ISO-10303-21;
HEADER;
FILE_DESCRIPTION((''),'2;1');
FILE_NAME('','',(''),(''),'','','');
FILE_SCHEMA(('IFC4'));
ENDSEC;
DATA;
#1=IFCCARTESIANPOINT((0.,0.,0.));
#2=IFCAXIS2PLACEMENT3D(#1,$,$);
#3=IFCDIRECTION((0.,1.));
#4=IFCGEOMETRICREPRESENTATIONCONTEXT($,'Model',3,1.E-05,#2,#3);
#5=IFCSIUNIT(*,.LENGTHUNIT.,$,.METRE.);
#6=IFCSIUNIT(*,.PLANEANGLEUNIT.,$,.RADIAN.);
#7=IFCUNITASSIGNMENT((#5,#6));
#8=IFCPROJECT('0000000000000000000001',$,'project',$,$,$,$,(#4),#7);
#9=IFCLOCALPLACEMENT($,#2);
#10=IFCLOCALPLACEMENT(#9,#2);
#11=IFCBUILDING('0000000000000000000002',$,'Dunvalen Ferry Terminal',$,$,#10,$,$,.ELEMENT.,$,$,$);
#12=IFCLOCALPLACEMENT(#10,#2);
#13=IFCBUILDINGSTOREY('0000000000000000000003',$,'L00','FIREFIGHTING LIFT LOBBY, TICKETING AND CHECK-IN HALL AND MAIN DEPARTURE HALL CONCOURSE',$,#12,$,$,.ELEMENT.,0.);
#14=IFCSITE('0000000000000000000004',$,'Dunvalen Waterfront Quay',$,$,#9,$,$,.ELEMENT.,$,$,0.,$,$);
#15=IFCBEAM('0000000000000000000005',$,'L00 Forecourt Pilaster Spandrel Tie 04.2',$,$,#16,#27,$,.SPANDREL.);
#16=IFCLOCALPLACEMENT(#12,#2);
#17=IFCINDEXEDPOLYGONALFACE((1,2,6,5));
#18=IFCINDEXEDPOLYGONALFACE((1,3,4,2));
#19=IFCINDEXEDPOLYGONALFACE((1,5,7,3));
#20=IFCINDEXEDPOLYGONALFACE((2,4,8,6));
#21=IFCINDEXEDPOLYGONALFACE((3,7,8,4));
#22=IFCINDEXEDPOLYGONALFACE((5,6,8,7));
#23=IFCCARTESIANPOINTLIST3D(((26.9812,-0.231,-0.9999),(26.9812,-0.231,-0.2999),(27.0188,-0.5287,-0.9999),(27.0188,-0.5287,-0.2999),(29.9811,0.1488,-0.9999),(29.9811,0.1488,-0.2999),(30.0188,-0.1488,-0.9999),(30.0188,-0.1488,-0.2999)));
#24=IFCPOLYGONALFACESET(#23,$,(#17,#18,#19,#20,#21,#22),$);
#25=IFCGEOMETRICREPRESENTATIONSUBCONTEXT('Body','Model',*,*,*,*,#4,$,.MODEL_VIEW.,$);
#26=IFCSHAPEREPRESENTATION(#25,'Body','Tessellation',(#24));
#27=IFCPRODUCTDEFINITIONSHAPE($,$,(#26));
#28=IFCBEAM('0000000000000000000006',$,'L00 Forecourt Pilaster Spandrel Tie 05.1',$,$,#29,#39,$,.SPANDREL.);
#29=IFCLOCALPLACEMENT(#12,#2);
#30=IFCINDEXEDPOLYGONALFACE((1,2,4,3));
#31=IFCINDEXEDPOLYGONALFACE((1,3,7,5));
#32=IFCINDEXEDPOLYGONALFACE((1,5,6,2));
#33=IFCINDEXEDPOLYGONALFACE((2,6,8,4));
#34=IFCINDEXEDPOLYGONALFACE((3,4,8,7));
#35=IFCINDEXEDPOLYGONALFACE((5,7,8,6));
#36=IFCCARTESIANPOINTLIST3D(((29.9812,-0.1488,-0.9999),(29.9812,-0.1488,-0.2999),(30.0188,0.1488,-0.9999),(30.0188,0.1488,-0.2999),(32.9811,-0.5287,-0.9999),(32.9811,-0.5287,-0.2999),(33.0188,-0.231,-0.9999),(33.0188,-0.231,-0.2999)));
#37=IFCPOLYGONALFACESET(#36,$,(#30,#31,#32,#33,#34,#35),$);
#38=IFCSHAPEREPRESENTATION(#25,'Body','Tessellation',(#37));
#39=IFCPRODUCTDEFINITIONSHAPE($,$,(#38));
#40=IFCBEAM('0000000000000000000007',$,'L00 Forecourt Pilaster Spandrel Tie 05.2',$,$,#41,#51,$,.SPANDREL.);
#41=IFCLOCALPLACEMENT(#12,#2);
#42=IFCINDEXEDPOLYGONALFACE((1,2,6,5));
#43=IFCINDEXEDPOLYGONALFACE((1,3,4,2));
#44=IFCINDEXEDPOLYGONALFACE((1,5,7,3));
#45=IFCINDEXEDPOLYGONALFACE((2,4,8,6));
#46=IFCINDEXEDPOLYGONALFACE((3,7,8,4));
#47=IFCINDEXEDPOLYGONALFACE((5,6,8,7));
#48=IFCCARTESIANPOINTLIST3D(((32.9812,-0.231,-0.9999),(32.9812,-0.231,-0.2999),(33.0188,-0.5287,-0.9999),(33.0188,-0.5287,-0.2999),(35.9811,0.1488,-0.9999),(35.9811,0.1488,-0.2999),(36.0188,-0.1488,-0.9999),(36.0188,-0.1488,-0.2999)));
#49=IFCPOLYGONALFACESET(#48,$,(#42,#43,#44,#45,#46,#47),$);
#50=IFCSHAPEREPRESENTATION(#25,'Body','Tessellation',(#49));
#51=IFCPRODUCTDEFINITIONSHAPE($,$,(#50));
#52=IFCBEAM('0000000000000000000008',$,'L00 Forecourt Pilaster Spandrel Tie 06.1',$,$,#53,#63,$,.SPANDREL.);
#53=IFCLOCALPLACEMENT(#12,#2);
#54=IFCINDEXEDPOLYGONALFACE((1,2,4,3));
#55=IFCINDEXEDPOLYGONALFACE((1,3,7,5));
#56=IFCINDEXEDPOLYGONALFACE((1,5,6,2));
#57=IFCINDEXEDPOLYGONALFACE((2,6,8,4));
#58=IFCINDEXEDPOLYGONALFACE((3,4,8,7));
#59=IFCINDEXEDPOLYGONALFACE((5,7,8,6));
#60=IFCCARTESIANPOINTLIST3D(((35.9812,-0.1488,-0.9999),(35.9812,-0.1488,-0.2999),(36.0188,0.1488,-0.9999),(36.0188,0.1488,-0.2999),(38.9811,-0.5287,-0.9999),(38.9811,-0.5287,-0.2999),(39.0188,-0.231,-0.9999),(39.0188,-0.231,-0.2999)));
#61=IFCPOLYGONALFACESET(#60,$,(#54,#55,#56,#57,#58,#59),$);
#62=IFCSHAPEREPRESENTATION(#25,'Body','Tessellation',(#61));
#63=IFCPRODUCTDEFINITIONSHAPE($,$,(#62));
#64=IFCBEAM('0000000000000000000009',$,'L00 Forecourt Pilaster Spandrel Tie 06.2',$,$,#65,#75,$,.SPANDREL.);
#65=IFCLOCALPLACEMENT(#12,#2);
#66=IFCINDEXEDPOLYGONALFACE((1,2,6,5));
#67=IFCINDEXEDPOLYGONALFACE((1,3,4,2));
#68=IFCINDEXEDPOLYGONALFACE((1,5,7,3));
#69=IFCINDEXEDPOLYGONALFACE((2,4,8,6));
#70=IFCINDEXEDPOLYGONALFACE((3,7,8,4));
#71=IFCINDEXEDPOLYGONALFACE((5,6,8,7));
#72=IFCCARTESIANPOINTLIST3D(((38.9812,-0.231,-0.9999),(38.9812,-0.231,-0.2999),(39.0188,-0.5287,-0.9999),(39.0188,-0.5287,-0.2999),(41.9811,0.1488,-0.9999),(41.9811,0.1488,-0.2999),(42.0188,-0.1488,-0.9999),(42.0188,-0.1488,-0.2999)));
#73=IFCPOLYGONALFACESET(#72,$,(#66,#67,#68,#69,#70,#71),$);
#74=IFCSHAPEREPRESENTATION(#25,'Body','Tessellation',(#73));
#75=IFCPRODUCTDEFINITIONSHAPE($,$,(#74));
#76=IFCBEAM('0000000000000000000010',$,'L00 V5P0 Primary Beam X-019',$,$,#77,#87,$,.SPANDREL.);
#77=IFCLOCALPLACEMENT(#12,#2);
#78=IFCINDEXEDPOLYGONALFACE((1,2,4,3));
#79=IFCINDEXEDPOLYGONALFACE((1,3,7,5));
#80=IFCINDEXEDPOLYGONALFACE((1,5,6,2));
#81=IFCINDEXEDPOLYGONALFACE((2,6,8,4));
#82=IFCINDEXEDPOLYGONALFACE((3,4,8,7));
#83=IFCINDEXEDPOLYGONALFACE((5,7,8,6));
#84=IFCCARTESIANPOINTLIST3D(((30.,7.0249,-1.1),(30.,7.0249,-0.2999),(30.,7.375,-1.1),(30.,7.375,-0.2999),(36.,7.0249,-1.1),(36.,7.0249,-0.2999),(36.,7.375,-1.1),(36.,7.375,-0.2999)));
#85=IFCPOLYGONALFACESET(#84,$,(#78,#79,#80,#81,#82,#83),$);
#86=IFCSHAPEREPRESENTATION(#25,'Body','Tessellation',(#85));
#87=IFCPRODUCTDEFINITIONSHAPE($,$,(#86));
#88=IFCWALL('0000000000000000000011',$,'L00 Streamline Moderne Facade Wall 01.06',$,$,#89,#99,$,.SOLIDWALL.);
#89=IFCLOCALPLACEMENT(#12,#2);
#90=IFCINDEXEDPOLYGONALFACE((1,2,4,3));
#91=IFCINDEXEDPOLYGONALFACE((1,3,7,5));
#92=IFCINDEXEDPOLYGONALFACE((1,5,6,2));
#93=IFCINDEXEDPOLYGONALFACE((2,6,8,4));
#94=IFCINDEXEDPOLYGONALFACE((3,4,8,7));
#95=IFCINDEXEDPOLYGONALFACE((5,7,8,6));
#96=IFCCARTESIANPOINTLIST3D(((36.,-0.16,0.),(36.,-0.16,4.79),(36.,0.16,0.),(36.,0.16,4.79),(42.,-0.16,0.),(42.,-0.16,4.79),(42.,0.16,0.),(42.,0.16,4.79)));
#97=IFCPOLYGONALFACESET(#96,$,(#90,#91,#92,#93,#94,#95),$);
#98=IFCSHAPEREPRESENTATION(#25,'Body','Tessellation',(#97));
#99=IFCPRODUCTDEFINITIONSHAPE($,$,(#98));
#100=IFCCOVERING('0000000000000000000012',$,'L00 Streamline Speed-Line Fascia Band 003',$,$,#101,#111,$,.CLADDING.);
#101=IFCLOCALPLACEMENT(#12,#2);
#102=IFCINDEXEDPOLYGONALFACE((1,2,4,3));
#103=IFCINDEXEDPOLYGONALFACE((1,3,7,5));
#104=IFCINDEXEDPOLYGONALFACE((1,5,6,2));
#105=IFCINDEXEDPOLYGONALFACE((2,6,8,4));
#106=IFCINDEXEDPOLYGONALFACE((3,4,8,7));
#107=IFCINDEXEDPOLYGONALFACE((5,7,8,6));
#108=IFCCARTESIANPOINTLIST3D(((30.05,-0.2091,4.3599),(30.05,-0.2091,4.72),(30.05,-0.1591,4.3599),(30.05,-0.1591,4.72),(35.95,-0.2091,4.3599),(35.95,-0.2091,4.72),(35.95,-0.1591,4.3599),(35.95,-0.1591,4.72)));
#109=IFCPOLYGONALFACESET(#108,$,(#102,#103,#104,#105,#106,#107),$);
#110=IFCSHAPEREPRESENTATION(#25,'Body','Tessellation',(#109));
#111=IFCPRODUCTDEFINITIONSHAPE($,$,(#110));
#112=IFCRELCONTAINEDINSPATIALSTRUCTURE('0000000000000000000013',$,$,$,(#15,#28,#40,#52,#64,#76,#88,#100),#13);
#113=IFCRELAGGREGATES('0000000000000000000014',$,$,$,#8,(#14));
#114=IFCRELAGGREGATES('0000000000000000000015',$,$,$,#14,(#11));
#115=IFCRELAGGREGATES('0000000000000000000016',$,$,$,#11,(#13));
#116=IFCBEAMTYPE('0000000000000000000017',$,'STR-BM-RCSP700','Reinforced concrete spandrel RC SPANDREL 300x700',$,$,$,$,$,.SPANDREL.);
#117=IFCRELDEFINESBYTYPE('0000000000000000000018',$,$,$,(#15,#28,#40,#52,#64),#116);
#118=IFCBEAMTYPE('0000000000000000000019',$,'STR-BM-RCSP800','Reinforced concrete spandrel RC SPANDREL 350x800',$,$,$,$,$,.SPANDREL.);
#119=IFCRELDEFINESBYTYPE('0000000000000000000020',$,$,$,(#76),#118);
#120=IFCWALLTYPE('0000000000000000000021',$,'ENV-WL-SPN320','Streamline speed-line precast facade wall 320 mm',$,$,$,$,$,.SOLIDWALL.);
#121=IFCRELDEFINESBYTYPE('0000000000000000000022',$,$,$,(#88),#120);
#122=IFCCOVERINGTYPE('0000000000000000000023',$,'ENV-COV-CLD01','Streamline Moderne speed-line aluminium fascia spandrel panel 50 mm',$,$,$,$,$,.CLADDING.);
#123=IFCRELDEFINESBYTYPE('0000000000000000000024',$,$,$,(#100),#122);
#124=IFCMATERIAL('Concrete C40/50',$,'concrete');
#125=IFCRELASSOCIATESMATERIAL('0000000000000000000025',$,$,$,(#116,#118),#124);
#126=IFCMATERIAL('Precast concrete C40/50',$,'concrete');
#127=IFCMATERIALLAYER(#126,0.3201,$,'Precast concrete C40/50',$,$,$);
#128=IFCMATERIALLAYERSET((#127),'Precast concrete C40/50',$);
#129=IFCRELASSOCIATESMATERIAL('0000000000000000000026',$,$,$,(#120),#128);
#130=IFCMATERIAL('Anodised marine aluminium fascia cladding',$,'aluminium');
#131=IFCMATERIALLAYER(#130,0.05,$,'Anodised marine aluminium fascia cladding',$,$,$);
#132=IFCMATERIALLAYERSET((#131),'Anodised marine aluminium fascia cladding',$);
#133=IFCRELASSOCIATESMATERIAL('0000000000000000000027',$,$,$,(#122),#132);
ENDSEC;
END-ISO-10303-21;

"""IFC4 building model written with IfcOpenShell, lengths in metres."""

from ifc_helpers import new_model, si_unit, direction, frame, frame_2d, origin, origin_2d, place, context, subcontext, project, spatial, rectangle, extrude, material, layer, layer_set, material_profile, profile_set, type_object, element, save


model = new_model("IFC4")

# Units and contexts
model_context = context("Model", 3, precision=1e-05, world=origin(), true_north=direction((0.0, 1.0)))
body_context = subcontext(model_context, "Body", "Model", "MODEL_VIEW")
ifc_project = project(units=[si_unit("LENGTHUNIT", "METRE"), si_unit("PLANEANGLEUNIT", "RADIAN")], contexts=[model_context])

# Site, building, storey
site_placement = place(None, origin())
site = spatial("IfcSite", under=ifc_project, at=site_placement, Name="Dunvalen Waterfront Quay", CompositionType="ELEMENT", RefElevation=0.0)
building_placement = place(site_placement, origin())
building = spatial("IfcBuilding", under=site, at=building_placement, Name="Dunvalen Ferry Terminal", CompositionType="ELEMENT")
storey_placement = place(building_placement, origin())
storey = spatial("IfcBuildingStorey", under=building, at=storey_placement, Name="L00", Description="FIREFIGHTING LIFT LOBBY, TICKETING AND CHECK-IN HALL AND MAIN DEPARTURE HALL CONCOURSE", CompositionType="ELEMENT", Elevation=0.0)

# Shared definitions
ifc_material_1 = material(Name="Concrete C40/50", Category="concrete")

# Beams
ifc_material_profile_1 = material_profile(ifc_material_1, rectangle(XDim=0.3, YDim=0.7, at=origin_2d()), Name="Concrete C40/50")
ifc_profile_set_1 = profile_set([ifc_material_profile_1], Name="Concrete C40/50")
beam_type_1 = type_object("IfcBeamType", Name="STR-BM-RCSP700", Description="Reinforced concrete spandrel RC SPANDREL 300x700", PredefinedType="SPANDREL", material=ifc_profile_set_1)
for number, where, z_axis, x_axis, name in (
    (1, (27.0, -0.3799, -0.6499), (0.992078, 0.125624, 0.0), (-0.125624, 0.992078, 0.0), "L00 Forecourt Pilaster Spandrel Tie 04.2"),
    (2, (30.0, 0.0, -0.6499), (0.992078, -0.125624, 0.0), (0.125624, 0.992078, 0.0), "L00 Forecourt Pilaster Spandrel Tie 05.1"),
    (3, (33.0, -0.3799, -0.6499), (0.992078, 0.125624, 0.0), (-0.125624, 0.992078, 0.0), "L00 Forecourt Pilaster Spandrel Tie 05.2"),
    (4, (36.0, 0.0, -0.6499), (0.992078, -0.125624, 0.0), (0.125624, 0.992078, 0.0), "L00 Forecourt Pilaster Spandrel Tie 06.1"),
    (5, (39.0, -0.3799, -0.6499), (0.992078, 0.125624, 0.0), (-0.125624, 0.992078, 0.0), "L00 Forecourt Pilaster Spandrel Tie 06.2"),
):
    element("IfcBeam", number, at=place(storey_placement, frame(where, z_axis=z_axis, x_axis=x_axis)), inside=storey, type_object=beam_type_1, Name=name, PredefinedType="SPANDREL", context=body_context, shape_type="SweptSolid", body=[
        extrude(rectangle(XDim=0.3, YDim=0.7, at=origin_2d()), origin(), (0.0, 0.0, 1.0), 3.0239),
    ])
ifc_material_profile_2 = material_profile(ifc_material_1, rectangle(XDim=0.3501, YDim=0.8, at=origin_2d()), Name="Concrete C40/50")
ifc_profile_set_2 = profile_set([ifc_material_profile_2], Name="Concrete C40/50")
beam_type_2 = type_object("IfcBeamType", Name="STR-BM-RCSP800", Description="Reinforced concrete spandrel RC SPANDREL 350x800", PredefinedType="SPANDREL", material=ifc_profile_set_2)
beam_1_placement = place(storey_placement, frame((30.0, 7.2, -0.7), z_axis=(1.0, 0.0, 0.0), x_axis=(0.0, 1.0, 0.0)))
element("IfcBeam", 6, at=beam_1_placement, inside=storey, type_object=beam_type_2, Name="L00 V5P0 Primary Beam X-019", PredefinedType="SPANDREL", context=body_context, shape_type="SweptSolid", body=[
    extrude(rectangle(XDim=0.3501, YDim=0.8, at=origin_2d()), origin(), (0.0, 0.0, 1.0), 6.0),
])

# Shared definitions
ifc_material_2 = material(Name="Precast concrete C40/50", Category="concrete")
ifc_layer_1 = layer(ifc_material_2, 0.3201, Name="Precast concrete C40/50")
ifc_layer_set_1 = layer_set([ifc_layer_1], Name="Precast concrete C40/50")
wall_type = type_object("IfcWallType", Name="ENV-WL-SPN320", Description="Streamline speed-line precast facade wall 320 mm", PredefinedType="SOLIDWALL", material=ifc_layer_set_1)

# Wall
wall_1_placement = place(storey_placement, frame((36.0, 0.0, 0.0), z_axis=(0.0, 0.0, 1.0), x_axis=(1.0, 0.0, 0.0)))
element("IfcWall", 7, at=wall_1_placement, inside=storey, type_object=wall_type, Name="L00 Streamline Moderne Facade Wall 01.06", PredefinedType="SOLIDWALL", context=body_context, shape_type="SweptSolid", body=[
    extrude(rectangle(XDim=6.0, YDim=0.3201, at=frame_2d((3.0, 0.0))), origin(), (0.0, 0.0, 1.0), 4.79),
])

# Covering
ifc_material_3 = material(Name="Anodised marine aluminium fascia cladding", Category="aluminium")
ifc_layer_2 = layer(ifc_material_3, 0.05, Name="Anodised marine aluminium fascia cladding")
ifc_layer_set_2 = layer_set([ifc_layer_2], Name="Anodised marine aluminium fascia cladding")
covering_type = type_object("IfcCoveringType", Name="ENV-COV-CLD01", Description="Streamline Moderne speed-line aluminium fascia spandrel panel 50 mm", PredefinedType="CLADDING", material=ifc_layer_set_2)
covering_placement = place(storey_placement, frame((33.0, -0.1841, 4.3599), z_axis=(0.0, 0.0, 1.0), x_axis=(1.0, 0.0, 0.0)))
element("IfcCovering", 8, at=covering_placement, inside=storey, type_object=covering_type, Name="L00 Streamline Speed-Line Fascia Band 003", PredefinedType="CLADDING", context=body_context, shape_type="SweptSolid", body=[
    extrude(rectangle(XDim=5.8999, YDim=0.05, at=origin_2d()), origin(), (0.0, 0.0, 1.0), 0.3601),
])

save(model, "model.ifc")
